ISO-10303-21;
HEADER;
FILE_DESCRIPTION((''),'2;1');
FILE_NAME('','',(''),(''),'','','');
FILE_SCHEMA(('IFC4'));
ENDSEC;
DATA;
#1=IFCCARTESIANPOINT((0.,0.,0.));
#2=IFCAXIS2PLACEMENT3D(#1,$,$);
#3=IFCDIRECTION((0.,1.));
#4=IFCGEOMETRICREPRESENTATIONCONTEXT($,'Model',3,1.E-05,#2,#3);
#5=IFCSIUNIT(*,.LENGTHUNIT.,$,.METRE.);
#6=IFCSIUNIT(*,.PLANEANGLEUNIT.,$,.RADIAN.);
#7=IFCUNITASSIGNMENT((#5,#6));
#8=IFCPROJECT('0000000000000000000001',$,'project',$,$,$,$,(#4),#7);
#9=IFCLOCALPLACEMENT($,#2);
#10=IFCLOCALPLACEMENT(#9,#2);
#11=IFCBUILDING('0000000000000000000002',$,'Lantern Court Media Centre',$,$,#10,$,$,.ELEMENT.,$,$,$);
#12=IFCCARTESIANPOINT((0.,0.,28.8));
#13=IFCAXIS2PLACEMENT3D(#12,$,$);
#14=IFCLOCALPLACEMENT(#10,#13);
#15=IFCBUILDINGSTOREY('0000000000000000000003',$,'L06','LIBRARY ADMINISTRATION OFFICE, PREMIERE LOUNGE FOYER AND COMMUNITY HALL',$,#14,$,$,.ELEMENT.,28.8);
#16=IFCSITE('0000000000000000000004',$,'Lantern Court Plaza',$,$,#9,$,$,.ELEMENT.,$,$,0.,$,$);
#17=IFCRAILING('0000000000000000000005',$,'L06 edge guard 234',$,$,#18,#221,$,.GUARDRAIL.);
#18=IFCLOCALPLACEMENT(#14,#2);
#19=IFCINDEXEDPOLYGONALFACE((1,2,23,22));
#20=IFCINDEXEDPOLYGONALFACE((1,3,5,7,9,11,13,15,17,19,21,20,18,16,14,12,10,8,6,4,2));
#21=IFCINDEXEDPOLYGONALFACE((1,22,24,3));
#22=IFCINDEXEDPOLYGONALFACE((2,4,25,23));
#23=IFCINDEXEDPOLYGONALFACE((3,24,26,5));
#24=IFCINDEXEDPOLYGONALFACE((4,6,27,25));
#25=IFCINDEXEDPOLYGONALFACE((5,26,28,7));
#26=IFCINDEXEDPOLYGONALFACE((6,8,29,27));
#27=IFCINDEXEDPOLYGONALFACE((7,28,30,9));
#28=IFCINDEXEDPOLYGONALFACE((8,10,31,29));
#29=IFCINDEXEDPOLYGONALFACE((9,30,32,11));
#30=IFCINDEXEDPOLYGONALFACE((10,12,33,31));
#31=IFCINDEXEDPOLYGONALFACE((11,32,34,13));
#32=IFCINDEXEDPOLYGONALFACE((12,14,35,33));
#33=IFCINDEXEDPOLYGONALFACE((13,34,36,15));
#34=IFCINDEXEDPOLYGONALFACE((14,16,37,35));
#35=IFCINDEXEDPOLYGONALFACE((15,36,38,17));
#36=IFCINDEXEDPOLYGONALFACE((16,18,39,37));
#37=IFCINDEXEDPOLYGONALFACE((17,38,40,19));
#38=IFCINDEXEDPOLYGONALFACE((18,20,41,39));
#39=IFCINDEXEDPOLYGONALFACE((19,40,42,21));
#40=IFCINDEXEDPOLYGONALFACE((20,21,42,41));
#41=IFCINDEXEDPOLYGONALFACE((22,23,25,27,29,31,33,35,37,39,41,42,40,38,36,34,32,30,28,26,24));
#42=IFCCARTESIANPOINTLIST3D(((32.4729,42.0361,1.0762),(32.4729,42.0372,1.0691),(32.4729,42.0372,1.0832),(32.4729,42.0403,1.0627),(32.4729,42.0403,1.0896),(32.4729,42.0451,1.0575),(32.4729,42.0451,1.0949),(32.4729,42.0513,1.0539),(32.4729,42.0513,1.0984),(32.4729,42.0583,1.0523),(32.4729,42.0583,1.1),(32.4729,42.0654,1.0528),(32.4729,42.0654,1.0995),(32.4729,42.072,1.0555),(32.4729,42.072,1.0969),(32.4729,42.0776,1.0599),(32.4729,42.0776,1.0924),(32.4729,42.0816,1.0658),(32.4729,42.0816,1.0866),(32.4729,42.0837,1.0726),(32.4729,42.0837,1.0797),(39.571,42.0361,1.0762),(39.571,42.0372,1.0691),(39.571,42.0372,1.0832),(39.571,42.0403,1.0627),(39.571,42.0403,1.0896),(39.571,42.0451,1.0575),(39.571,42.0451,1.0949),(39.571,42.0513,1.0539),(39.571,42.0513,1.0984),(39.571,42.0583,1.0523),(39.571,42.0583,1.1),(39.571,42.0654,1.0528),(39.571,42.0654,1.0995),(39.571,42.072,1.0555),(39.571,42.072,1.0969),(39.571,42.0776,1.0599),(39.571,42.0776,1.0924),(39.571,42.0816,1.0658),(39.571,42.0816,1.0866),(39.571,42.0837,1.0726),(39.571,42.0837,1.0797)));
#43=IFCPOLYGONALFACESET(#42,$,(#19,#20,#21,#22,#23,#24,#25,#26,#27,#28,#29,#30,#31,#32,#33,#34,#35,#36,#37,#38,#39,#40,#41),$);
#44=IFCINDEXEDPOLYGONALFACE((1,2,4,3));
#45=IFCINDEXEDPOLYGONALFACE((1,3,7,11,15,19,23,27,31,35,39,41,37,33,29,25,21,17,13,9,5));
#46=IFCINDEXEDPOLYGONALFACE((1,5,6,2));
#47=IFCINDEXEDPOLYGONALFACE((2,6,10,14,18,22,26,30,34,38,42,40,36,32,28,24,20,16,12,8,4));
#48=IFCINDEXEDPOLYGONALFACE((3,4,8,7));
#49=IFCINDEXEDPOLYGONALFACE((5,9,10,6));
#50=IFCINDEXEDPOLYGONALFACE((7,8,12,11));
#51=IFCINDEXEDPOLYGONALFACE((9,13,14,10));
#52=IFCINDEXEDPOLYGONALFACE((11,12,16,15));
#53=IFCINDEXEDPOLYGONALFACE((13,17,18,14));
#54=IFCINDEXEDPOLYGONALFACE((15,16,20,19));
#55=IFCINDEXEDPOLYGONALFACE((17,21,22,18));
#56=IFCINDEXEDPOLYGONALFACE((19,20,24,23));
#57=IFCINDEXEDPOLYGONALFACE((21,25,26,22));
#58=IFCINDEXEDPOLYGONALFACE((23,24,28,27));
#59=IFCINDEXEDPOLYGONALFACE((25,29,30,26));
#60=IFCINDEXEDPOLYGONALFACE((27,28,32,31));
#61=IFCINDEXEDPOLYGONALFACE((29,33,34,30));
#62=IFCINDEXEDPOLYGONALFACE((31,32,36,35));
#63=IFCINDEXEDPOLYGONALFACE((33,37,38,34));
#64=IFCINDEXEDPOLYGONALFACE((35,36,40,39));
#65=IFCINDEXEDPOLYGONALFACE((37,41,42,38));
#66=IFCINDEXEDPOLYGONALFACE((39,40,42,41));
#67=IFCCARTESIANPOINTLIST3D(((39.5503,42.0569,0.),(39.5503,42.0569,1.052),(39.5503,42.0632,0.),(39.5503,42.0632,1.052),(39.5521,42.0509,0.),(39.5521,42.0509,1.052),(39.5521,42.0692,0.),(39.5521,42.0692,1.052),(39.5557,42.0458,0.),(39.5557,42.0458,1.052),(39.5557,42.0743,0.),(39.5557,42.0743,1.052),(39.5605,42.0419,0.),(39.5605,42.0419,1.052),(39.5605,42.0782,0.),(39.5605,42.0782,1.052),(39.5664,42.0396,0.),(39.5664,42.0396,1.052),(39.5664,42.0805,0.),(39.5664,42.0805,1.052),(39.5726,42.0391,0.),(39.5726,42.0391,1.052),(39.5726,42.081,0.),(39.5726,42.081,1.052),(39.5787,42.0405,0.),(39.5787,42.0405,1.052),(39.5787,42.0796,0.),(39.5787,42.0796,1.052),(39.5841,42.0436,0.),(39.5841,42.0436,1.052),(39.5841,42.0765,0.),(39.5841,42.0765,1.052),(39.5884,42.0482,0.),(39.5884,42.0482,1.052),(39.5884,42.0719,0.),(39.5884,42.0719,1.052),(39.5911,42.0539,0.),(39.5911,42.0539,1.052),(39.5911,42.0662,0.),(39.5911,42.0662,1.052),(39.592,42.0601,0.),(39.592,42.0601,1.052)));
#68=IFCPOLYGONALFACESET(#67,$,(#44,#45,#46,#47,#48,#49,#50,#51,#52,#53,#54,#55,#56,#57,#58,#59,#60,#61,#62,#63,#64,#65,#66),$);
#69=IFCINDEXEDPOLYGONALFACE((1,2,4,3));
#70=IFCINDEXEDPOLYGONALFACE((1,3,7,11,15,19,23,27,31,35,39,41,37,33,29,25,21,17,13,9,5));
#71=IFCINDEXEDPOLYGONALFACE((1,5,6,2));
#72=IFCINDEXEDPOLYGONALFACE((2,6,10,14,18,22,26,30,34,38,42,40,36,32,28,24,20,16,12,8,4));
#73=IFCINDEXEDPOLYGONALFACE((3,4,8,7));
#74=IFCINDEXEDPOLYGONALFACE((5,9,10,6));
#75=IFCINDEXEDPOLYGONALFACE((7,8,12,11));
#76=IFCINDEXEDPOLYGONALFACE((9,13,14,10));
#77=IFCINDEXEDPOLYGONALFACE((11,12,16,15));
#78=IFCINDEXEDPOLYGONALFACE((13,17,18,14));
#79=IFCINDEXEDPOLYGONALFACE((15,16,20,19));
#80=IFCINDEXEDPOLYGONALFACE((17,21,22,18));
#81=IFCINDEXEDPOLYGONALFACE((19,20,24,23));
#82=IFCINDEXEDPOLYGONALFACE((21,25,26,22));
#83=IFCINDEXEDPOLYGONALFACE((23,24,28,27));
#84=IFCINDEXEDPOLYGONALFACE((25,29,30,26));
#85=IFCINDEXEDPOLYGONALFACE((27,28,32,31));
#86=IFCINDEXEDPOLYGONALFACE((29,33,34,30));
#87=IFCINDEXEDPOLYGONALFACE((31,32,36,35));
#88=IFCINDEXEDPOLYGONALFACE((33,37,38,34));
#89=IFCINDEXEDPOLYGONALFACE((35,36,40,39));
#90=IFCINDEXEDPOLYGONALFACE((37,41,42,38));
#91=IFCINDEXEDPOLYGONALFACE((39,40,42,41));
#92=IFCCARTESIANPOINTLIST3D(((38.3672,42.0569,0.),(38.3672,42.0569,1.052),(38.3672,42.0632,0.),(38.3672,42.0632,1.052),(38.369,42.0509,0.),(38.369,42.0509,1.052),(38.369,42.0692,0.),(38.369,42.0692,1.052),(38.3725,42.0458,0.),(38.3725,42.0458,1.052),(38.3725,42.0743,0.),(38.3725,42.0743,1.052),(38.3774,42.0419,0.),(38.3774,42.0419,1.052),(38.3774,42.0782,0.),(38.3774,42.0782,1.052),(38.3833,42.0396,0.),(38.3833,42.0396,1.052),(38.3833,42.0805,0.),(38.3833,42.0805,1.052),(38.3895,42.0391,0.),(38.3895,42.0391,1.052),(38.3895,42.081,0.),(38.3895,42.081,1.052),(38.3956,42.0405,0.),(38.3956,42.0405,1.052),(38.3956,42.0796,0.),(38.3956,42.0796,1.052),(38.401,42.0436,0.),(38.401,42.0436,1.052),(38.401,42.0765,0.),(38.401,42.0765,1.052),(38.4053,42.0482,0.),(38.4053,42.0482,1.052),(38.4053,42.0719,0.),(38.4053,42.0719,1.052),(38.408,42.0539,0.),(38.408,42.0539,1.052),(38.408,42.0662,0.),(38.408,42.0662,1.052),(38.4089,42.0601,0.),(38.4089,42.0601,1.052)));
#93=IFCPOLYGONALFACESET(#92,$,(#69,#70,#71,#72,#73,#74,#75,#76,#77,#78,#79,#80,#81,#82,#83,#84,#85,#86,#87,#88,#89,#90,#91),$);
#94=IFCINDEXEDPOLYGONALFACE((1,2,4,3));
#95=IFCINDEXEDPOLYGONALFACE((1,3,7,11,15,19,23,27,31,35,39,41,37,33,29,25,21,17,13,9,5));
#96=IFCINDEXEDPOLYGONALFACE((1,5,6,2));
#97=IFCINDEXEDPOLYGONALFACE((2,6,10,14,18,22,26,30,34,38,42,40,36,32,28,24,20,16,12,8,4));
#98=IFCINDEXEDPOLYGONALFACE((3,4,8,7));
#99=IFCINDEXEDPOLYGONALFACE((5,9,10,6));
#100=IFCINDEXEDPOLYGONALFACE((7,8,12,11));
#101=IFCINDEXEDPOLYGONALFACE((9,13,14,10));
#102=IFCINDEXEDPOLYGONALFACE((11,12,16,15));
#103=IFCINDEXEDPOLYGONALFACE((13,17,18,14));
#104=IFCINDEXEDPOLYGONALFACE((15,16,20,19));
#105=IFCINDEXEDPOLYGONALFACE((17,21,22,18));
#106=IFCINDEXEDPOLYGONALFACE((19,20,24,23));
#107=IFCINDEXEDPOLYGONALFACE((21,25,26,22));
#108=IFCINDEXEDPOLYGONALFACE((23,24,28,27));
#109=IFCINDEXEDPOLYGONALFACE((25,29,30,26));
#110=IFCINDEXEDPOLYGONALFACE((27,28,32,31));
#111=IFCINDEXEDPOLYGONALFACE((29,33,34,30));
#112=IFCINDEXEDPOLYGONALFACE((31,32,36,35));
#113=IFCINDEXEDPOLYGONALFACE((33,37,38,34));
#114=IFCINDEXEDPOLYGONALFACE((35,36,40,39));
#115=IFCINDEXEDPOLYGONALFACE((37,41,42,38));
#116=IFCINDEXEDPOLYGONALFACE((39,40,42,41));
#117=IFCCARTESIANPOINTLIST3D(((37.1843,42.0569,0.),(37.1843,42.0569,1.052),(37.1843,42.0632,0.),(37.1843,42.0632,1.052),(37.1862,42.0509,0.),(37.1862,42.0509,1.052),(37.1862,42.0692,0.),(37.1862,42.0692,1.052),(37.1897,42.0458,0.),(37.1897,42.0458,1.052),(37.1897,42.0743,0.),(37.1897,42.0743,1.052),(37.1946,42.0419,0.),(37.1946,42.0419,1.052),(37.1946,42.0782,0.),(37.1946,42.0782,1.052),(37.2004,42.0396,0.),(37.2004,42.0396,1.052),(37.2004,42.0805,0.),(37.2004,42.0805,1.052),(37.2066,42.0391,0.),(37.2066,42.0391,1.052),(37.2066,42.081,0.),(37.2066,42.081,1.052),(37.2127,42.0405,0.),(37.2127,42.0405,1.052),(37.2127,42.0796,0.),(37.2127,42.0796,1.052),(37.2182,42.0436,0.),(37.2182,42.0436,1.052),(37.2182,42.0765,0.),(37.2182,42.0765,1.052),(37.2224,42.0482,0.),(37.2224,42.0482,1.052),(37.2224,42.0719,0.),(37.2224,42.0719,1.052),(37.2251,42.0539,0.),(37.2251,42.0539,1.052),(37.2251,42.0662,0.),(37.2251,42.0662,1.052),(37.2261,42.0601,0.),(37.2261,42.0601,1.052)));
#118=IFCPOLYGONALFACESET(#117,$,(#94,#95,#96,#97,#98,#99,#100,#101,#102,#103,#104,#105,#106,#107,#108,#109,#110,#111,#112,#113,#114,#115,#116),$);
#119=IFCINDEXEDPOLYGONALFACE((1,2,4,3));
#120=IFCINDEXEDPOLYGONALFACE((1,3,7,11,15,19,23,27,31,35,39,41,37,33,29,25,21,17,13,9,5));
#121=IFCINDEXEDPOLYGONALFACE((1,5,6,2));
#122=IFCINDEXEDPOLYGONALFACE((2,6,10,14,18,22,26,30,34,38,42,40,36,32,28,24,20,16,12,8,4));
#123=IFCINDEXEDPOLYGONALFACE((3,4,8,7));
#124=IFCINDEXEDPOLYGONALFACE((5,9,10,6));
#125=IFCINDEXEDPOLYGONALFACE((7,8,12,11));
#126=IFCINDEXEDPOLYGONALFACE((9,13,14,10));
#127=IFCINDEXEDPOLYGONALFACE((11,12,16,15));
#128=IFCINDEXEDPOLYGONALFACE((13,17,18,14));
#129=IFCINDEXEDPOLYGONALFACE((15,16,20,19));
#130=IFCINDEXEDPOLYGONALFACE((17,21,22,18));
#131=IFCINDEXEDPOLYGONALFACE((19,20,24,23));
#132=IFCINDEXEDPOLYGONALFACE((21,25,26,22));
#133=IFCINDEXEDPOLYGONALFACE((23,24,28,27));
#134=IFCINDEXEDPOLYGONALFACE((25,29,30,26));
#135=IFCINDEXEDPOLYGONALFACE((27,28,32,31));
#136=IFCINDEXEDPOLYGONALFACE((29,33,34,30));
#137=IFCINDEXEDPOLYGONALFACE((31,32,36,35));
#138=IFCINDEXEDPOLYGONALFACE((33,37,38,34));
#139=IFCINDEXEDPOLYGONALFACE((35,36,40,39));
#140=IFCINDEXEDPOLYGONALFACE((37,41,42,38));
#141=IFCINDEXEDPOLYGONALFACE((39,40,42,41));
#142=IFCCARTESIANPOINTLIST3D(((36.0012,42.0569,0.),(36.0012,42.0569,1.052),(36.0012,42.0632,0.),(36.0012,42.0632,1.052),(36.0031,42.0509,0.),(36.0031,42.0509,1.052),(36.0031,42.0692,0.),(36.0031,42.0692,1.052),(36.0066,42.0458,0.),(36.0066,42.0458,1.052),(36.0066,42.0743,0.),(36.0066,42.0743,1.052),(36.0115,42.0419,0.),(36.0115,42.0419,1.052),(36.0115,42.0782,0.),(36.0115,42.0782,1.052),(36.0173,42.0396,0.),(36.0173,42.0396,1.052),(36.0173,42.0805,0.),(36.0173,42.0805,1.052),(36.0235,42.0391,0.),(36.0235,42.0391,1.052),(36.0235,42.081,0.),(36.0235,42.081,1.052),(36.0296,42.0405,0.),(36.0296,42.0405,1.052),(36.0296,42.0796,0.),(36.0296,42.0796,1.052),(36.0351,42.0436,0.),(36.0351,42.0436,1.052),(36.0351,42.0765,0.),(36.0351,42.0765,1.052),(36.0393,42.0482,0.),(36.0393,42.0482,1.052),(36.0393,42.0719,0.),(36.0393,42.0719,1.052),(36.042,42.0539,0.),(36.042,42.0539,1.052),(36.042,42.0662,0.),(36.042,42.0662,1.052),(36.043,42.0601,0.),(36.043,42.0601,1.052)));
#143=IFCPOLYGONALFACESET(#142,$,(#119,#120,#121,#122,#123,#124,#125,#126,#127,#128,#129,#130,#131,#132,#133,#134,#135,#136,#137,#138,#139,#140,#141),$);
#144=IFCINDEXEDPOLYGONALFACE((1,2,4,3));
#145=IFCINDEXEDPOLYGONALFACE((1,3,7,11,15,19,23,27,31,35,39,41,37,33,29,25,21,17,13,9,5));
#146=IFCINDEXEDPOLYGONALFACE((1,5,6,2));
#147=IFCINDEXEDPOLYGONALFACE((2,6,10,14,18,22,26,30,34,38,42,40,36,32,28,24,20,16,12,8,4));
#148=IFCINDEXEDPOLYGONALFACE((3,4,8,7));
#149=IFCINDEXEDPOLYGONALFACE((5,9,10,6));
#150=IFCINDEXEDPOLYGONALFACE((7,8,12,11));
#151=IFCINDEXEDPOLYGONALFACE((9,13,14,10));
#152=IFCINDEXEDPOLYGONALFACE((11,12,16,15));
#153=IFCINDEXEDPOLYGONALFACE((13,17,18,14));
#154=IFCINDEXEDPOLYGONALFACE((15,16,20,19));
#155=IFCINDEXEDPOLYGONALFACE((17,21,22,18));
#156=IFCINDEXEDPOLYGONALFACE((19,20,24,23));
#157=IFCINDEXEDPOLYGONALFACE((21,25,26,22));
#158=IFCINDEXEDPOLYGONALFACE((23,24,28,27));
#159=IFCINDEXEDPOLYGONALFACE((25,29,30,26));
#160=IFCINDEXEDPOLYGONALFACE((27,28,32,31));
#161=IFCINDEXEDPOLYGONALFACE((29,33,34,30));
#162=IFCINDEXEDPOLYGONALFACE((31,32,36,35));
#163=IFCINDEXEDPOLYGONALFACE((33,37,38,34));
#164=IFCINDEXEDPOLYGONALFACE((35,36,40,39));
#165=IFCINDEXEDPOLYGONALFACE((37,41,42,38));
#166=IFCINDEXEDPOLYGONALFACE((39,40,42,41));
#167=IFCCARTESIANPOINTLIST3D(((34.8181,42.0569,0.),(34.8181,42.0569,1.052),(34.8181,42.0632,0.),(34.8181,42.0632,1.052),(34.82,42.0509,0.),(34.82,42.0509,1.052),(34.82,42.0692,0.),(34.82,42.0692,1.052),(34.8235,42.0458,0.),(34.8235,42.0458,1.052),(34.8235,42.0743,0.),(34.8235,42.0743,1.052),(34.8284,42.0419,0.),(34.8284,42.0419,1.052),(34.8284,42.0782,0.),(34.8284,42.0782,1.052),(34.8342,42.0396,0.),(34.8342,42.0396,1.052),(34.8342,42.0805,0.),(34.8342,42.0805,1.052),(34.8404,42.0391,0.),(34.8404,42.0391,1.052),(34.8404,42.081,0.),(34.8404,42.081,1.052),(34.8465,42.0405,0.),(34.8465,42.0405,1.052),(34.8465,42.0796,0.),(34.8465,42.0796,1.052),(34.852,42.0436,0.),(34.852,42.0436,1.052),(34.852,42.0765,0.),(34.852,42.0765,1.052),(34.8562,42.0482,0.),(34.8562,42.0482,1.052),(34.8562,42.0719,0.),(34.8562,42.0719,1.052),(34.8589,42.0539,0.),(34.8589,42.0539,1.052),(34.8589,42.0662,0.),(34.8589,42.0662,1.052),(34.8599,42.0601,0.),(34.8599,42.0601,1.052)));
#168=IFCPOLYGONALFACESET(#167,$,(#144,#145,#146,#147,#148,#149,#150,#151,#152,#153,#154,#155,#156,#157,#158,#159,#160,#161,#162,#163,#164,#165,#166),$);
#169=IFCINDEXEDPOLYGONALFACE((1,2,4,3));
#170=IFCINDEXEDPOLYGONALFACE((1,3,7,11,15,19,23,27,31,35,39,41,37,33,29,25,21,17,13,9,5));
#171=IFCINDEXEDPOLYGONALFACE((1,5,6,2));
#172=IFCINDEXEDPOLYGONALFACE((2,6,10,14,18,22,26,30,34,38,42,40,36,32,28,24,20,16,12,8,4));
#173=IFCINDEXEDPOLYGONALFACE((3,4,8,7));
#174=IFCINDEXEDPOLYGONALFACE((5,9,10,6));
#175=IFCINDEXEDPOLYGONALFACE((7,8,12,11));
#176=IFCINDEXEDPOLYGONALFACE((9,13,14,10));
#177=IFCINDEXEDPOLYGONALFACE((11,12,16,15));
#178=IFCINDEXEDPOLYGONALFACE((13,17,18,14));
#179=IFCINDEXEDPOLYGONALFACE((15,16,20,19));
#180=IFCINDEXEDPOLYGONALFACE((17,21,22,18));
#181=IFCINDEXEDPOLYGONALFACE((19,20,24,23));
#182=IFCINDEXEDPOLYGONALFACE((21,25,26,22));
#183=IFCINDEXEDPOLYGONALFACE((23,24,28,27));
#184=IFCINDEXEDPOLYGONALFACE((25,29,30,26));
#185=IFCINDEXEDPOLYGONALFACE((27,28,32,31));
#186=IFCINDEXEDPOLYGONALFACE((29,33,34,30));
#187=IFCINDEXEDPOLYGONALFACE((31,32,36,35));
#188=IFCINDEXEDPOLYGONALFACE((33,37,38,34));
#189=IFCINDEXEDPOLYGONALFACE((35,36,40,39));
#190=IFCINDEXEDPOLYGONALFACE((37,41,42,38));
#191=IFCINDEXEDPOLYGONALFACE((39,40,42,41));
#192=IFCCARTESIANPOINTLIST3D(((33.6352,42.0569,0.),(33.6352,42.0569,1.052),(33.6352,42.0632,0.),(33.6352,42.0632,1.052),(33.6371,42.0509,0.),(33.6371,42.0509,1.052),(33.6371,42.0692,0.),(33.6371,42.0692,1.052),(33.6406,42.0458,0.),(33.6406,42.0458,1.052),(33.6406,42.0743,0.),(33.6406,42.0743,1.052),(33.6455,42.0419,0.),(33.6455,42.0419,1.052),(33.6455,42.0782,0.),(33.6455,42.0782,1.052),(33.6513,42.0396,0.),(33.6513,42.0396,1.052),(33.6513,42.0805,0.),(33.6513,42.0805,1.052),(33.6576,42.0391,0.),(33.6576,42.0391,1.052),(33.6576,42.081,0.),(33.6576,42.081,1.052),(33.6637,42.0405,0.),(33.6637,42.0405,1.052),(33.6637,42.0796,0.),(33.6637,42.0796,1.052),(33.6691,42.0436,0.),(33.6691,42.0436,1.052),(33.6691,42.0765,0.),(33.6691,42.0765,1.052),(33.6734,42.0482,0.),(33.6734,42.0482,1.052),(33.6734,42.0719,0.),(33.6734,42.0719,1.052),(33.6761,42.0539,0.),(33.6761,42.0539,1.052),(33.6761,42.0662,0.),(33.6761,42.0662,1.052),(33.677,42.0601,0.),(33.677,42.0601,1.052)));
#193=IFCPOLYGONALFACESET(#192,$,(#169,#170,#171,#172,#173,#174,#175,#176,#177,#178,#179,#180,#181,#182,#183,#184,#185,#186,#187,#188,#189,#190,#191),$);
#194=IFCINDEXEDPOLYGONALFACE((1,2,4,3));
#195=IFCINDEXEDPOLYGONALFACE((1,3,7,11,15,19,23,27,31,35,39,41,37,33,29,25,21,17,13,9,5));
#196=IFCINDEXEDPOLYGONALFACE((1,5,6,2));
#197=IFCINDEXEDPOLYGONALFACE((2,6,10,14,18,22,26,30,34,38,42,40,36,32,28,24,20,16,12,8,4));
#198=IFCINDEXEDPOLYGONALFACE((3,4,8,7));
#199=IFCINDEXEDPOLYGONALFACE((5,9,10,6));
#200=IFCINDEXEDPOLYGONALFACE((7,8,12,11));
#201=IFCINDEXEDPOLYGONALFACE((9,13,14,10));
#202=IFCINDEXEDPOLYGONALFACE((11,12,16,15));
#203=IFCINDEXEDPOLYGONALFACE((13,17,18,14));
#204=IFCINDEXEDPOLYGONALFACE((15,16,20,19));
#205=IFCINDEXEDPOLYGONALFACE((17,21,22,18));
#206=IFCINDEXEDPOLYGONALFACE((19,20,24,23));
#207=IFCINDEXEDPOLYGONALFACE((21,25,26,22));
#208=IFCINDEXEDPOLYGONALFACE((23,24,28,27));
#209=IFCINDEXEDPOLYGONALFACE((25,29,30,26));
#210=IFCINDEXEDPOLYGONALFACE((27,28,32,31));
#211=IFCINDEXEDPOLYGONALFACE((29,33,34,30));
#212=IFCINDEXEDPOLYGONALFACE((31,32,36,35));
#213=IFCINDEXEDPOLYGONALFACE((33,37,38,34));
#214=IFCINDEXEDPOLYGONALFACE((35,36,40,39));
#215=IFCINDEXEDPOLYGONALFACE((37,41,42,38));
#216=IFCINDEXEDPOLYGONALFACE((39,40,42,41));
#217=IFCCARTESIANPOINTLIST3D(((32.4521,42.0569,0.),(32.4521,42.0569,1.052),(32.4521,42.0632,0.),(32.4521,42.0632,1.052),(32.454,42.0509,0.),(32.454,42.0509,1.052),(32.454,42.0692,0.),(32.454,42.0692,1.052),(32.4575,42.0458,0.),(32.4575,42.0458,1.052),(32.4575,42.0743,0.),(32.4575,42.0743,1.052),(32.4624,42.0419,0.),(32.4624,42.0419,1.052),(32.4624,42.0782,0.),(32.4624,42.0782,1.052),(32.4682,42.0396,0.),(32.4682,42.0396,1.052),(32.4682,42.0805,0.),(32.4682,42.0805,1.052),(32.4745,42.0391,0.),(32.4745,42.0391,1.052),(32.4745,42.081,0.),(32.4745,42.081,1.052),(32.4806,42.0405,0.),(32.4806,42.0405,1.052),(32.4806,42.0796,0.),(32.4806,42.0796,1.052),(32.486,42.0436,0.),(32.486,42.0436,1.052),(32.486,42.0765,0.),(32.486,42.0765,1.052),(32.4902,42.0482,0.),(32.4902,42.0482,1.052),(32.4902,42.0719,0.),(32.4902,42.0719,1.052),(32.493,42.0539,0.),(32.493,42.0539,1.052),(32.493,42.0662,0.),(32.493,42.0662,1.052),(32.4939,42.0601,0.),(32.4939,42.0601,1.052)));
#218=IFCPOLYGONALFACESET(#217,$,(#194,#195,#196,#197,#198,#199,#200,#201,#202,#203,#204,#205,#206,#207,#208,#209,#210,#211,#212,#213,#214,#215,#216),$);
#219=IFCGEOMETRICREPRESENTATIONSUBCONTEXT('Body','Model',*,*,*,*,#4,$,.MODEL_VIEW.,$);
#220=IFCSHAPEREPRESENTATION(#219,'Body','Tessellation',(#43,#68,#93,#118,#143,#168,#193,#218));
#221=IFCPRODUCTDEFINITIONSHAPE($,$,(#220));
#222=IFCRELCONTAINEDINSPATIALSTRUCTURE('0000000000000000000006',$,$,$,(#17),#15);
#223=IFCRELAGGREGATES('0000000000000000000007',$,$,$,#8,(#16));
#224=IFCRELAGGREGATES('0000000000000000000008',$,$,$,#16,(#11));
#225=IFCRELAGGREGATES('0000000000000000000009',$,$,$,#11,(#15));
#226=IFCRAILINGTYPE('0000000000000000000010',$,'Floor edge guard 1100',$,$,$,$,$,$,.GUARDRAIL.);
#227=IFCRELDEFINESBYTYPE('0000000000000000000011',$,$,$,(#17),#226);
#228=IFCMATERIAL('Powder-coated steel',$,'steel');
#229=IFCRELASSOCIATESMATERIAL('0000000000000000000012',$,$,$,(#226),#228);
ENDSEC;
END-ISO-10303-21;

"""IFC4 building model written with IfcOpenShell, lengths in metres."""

from ifc_helpers import new_model, si_unit, direction, frame, origin, origin_2d, place, context, subcontext, project, spatial, circle, extrude, material, type_object, element, save


model = new_model("IFC4")

# Units and contexts
model_context = context("Model", 3, precision=1e-05, world=origin(), true_north=direction((0.0, 1.0)))
body_context = subcontext(model_context, "Body", "Model", "MODEL_VIEW")
ifc_project = project(units=[si_unit("LENGTHUNIT", "METRE"), si_unit("PLANEANGLEUNIT", "RADIAN")], contexts=[model_context])

# Site, building, storey
site_placement = place(None, origin())
site = spatial("IfcSite", under=ifc_project, at=site_placement, Name="Lantern Court Plaza", CompositionType="ELEMENT", RefElevation=0.0)
building_placement = place(site_placement, origin())
building = spatial("IfcBuilding", under=site, at=building_placement, Name="Lantern Court Media Centre", CompositionType="ELEMENT")
storey_placement = place(building_placement, frame((0.0, 0.0, 28.8)))
storey = spatial("IfcBuildingStorey", under=building, at=storey_placement, Name="L06", Description="LIBRARY ADMINISTRATION OFFICE, PREMIERE LOUNGE FOYER AND COMMUNITY HALL", CompositionType="ELEMENT", Elevation=28.8)

# Railing
ifc_material_1 = material(Name="Powder-coated steel", Category="steel")
railing_type = type_object("IfcRailingType", Name="Floor edge guard 1100", PredefinedType="GUARDRAIL", material=ifc_material_1)
railing_1_placement = place(storey_placement, frame((39.571, 42.0601, 0.0)))
element("IfcRailing", 1, at=railing_1_placement, inside=storey, type_object=railing_type, Name="L06 edge guard 234", PredefinedType="GUARDRAIL", context=body_context, shape_type="SweptSolid", body=[
    extrude(circle(Radius=0.0239, at=origin_2d()), frame((0.0, 0.0, 1.0762), z_axis=(-1.0, 0.0, 0.0), x_axis=(0.0, -1.0, 0.0)), (0.0, 0.0, 1.0), 7.0981),
    extrude(circle(Radius=0.021, at=origin_2d()), origin(), (0.0, 0.0, 1.0), 1.052),
    extrude(circle(Radius=0.021, at=origin_2d()), frame((-1.1831, 0.0, 0.0)), (0.0, 0.0, 1.0), 1.052),
    extrude(circle(Radius=0.021, at=origin_2d()), frame((-2.366, 0.0, 0.0)), (0.0, 0.0, 1.0), 1.052),
    extrude(circle(Radius=0.021, at=origin_2d()), frame((-3.5491, 0.0, 0.0)), (0.0, 0.0, 1.0), 1.052),
    extrude(circle(Radius=0.021, at=origin_2d()), frame((-4.7322, 0.0, 0.0)), (0.0, 0.0, 1.0), 1.052),
    extrude(circle(Radius=0.021, at=origin_2d()), frame((-5.915, 0.0, 0.0)), (0.0, 0.0, 1.0), 1.052),
    extrude(circle(Radius=0.021, at=origin_2d()), frame((-7.0981, 0.0, 0.0)), (0.0, 0.0, 1.0), 1.052),
])

save(model, "model.ifc")
